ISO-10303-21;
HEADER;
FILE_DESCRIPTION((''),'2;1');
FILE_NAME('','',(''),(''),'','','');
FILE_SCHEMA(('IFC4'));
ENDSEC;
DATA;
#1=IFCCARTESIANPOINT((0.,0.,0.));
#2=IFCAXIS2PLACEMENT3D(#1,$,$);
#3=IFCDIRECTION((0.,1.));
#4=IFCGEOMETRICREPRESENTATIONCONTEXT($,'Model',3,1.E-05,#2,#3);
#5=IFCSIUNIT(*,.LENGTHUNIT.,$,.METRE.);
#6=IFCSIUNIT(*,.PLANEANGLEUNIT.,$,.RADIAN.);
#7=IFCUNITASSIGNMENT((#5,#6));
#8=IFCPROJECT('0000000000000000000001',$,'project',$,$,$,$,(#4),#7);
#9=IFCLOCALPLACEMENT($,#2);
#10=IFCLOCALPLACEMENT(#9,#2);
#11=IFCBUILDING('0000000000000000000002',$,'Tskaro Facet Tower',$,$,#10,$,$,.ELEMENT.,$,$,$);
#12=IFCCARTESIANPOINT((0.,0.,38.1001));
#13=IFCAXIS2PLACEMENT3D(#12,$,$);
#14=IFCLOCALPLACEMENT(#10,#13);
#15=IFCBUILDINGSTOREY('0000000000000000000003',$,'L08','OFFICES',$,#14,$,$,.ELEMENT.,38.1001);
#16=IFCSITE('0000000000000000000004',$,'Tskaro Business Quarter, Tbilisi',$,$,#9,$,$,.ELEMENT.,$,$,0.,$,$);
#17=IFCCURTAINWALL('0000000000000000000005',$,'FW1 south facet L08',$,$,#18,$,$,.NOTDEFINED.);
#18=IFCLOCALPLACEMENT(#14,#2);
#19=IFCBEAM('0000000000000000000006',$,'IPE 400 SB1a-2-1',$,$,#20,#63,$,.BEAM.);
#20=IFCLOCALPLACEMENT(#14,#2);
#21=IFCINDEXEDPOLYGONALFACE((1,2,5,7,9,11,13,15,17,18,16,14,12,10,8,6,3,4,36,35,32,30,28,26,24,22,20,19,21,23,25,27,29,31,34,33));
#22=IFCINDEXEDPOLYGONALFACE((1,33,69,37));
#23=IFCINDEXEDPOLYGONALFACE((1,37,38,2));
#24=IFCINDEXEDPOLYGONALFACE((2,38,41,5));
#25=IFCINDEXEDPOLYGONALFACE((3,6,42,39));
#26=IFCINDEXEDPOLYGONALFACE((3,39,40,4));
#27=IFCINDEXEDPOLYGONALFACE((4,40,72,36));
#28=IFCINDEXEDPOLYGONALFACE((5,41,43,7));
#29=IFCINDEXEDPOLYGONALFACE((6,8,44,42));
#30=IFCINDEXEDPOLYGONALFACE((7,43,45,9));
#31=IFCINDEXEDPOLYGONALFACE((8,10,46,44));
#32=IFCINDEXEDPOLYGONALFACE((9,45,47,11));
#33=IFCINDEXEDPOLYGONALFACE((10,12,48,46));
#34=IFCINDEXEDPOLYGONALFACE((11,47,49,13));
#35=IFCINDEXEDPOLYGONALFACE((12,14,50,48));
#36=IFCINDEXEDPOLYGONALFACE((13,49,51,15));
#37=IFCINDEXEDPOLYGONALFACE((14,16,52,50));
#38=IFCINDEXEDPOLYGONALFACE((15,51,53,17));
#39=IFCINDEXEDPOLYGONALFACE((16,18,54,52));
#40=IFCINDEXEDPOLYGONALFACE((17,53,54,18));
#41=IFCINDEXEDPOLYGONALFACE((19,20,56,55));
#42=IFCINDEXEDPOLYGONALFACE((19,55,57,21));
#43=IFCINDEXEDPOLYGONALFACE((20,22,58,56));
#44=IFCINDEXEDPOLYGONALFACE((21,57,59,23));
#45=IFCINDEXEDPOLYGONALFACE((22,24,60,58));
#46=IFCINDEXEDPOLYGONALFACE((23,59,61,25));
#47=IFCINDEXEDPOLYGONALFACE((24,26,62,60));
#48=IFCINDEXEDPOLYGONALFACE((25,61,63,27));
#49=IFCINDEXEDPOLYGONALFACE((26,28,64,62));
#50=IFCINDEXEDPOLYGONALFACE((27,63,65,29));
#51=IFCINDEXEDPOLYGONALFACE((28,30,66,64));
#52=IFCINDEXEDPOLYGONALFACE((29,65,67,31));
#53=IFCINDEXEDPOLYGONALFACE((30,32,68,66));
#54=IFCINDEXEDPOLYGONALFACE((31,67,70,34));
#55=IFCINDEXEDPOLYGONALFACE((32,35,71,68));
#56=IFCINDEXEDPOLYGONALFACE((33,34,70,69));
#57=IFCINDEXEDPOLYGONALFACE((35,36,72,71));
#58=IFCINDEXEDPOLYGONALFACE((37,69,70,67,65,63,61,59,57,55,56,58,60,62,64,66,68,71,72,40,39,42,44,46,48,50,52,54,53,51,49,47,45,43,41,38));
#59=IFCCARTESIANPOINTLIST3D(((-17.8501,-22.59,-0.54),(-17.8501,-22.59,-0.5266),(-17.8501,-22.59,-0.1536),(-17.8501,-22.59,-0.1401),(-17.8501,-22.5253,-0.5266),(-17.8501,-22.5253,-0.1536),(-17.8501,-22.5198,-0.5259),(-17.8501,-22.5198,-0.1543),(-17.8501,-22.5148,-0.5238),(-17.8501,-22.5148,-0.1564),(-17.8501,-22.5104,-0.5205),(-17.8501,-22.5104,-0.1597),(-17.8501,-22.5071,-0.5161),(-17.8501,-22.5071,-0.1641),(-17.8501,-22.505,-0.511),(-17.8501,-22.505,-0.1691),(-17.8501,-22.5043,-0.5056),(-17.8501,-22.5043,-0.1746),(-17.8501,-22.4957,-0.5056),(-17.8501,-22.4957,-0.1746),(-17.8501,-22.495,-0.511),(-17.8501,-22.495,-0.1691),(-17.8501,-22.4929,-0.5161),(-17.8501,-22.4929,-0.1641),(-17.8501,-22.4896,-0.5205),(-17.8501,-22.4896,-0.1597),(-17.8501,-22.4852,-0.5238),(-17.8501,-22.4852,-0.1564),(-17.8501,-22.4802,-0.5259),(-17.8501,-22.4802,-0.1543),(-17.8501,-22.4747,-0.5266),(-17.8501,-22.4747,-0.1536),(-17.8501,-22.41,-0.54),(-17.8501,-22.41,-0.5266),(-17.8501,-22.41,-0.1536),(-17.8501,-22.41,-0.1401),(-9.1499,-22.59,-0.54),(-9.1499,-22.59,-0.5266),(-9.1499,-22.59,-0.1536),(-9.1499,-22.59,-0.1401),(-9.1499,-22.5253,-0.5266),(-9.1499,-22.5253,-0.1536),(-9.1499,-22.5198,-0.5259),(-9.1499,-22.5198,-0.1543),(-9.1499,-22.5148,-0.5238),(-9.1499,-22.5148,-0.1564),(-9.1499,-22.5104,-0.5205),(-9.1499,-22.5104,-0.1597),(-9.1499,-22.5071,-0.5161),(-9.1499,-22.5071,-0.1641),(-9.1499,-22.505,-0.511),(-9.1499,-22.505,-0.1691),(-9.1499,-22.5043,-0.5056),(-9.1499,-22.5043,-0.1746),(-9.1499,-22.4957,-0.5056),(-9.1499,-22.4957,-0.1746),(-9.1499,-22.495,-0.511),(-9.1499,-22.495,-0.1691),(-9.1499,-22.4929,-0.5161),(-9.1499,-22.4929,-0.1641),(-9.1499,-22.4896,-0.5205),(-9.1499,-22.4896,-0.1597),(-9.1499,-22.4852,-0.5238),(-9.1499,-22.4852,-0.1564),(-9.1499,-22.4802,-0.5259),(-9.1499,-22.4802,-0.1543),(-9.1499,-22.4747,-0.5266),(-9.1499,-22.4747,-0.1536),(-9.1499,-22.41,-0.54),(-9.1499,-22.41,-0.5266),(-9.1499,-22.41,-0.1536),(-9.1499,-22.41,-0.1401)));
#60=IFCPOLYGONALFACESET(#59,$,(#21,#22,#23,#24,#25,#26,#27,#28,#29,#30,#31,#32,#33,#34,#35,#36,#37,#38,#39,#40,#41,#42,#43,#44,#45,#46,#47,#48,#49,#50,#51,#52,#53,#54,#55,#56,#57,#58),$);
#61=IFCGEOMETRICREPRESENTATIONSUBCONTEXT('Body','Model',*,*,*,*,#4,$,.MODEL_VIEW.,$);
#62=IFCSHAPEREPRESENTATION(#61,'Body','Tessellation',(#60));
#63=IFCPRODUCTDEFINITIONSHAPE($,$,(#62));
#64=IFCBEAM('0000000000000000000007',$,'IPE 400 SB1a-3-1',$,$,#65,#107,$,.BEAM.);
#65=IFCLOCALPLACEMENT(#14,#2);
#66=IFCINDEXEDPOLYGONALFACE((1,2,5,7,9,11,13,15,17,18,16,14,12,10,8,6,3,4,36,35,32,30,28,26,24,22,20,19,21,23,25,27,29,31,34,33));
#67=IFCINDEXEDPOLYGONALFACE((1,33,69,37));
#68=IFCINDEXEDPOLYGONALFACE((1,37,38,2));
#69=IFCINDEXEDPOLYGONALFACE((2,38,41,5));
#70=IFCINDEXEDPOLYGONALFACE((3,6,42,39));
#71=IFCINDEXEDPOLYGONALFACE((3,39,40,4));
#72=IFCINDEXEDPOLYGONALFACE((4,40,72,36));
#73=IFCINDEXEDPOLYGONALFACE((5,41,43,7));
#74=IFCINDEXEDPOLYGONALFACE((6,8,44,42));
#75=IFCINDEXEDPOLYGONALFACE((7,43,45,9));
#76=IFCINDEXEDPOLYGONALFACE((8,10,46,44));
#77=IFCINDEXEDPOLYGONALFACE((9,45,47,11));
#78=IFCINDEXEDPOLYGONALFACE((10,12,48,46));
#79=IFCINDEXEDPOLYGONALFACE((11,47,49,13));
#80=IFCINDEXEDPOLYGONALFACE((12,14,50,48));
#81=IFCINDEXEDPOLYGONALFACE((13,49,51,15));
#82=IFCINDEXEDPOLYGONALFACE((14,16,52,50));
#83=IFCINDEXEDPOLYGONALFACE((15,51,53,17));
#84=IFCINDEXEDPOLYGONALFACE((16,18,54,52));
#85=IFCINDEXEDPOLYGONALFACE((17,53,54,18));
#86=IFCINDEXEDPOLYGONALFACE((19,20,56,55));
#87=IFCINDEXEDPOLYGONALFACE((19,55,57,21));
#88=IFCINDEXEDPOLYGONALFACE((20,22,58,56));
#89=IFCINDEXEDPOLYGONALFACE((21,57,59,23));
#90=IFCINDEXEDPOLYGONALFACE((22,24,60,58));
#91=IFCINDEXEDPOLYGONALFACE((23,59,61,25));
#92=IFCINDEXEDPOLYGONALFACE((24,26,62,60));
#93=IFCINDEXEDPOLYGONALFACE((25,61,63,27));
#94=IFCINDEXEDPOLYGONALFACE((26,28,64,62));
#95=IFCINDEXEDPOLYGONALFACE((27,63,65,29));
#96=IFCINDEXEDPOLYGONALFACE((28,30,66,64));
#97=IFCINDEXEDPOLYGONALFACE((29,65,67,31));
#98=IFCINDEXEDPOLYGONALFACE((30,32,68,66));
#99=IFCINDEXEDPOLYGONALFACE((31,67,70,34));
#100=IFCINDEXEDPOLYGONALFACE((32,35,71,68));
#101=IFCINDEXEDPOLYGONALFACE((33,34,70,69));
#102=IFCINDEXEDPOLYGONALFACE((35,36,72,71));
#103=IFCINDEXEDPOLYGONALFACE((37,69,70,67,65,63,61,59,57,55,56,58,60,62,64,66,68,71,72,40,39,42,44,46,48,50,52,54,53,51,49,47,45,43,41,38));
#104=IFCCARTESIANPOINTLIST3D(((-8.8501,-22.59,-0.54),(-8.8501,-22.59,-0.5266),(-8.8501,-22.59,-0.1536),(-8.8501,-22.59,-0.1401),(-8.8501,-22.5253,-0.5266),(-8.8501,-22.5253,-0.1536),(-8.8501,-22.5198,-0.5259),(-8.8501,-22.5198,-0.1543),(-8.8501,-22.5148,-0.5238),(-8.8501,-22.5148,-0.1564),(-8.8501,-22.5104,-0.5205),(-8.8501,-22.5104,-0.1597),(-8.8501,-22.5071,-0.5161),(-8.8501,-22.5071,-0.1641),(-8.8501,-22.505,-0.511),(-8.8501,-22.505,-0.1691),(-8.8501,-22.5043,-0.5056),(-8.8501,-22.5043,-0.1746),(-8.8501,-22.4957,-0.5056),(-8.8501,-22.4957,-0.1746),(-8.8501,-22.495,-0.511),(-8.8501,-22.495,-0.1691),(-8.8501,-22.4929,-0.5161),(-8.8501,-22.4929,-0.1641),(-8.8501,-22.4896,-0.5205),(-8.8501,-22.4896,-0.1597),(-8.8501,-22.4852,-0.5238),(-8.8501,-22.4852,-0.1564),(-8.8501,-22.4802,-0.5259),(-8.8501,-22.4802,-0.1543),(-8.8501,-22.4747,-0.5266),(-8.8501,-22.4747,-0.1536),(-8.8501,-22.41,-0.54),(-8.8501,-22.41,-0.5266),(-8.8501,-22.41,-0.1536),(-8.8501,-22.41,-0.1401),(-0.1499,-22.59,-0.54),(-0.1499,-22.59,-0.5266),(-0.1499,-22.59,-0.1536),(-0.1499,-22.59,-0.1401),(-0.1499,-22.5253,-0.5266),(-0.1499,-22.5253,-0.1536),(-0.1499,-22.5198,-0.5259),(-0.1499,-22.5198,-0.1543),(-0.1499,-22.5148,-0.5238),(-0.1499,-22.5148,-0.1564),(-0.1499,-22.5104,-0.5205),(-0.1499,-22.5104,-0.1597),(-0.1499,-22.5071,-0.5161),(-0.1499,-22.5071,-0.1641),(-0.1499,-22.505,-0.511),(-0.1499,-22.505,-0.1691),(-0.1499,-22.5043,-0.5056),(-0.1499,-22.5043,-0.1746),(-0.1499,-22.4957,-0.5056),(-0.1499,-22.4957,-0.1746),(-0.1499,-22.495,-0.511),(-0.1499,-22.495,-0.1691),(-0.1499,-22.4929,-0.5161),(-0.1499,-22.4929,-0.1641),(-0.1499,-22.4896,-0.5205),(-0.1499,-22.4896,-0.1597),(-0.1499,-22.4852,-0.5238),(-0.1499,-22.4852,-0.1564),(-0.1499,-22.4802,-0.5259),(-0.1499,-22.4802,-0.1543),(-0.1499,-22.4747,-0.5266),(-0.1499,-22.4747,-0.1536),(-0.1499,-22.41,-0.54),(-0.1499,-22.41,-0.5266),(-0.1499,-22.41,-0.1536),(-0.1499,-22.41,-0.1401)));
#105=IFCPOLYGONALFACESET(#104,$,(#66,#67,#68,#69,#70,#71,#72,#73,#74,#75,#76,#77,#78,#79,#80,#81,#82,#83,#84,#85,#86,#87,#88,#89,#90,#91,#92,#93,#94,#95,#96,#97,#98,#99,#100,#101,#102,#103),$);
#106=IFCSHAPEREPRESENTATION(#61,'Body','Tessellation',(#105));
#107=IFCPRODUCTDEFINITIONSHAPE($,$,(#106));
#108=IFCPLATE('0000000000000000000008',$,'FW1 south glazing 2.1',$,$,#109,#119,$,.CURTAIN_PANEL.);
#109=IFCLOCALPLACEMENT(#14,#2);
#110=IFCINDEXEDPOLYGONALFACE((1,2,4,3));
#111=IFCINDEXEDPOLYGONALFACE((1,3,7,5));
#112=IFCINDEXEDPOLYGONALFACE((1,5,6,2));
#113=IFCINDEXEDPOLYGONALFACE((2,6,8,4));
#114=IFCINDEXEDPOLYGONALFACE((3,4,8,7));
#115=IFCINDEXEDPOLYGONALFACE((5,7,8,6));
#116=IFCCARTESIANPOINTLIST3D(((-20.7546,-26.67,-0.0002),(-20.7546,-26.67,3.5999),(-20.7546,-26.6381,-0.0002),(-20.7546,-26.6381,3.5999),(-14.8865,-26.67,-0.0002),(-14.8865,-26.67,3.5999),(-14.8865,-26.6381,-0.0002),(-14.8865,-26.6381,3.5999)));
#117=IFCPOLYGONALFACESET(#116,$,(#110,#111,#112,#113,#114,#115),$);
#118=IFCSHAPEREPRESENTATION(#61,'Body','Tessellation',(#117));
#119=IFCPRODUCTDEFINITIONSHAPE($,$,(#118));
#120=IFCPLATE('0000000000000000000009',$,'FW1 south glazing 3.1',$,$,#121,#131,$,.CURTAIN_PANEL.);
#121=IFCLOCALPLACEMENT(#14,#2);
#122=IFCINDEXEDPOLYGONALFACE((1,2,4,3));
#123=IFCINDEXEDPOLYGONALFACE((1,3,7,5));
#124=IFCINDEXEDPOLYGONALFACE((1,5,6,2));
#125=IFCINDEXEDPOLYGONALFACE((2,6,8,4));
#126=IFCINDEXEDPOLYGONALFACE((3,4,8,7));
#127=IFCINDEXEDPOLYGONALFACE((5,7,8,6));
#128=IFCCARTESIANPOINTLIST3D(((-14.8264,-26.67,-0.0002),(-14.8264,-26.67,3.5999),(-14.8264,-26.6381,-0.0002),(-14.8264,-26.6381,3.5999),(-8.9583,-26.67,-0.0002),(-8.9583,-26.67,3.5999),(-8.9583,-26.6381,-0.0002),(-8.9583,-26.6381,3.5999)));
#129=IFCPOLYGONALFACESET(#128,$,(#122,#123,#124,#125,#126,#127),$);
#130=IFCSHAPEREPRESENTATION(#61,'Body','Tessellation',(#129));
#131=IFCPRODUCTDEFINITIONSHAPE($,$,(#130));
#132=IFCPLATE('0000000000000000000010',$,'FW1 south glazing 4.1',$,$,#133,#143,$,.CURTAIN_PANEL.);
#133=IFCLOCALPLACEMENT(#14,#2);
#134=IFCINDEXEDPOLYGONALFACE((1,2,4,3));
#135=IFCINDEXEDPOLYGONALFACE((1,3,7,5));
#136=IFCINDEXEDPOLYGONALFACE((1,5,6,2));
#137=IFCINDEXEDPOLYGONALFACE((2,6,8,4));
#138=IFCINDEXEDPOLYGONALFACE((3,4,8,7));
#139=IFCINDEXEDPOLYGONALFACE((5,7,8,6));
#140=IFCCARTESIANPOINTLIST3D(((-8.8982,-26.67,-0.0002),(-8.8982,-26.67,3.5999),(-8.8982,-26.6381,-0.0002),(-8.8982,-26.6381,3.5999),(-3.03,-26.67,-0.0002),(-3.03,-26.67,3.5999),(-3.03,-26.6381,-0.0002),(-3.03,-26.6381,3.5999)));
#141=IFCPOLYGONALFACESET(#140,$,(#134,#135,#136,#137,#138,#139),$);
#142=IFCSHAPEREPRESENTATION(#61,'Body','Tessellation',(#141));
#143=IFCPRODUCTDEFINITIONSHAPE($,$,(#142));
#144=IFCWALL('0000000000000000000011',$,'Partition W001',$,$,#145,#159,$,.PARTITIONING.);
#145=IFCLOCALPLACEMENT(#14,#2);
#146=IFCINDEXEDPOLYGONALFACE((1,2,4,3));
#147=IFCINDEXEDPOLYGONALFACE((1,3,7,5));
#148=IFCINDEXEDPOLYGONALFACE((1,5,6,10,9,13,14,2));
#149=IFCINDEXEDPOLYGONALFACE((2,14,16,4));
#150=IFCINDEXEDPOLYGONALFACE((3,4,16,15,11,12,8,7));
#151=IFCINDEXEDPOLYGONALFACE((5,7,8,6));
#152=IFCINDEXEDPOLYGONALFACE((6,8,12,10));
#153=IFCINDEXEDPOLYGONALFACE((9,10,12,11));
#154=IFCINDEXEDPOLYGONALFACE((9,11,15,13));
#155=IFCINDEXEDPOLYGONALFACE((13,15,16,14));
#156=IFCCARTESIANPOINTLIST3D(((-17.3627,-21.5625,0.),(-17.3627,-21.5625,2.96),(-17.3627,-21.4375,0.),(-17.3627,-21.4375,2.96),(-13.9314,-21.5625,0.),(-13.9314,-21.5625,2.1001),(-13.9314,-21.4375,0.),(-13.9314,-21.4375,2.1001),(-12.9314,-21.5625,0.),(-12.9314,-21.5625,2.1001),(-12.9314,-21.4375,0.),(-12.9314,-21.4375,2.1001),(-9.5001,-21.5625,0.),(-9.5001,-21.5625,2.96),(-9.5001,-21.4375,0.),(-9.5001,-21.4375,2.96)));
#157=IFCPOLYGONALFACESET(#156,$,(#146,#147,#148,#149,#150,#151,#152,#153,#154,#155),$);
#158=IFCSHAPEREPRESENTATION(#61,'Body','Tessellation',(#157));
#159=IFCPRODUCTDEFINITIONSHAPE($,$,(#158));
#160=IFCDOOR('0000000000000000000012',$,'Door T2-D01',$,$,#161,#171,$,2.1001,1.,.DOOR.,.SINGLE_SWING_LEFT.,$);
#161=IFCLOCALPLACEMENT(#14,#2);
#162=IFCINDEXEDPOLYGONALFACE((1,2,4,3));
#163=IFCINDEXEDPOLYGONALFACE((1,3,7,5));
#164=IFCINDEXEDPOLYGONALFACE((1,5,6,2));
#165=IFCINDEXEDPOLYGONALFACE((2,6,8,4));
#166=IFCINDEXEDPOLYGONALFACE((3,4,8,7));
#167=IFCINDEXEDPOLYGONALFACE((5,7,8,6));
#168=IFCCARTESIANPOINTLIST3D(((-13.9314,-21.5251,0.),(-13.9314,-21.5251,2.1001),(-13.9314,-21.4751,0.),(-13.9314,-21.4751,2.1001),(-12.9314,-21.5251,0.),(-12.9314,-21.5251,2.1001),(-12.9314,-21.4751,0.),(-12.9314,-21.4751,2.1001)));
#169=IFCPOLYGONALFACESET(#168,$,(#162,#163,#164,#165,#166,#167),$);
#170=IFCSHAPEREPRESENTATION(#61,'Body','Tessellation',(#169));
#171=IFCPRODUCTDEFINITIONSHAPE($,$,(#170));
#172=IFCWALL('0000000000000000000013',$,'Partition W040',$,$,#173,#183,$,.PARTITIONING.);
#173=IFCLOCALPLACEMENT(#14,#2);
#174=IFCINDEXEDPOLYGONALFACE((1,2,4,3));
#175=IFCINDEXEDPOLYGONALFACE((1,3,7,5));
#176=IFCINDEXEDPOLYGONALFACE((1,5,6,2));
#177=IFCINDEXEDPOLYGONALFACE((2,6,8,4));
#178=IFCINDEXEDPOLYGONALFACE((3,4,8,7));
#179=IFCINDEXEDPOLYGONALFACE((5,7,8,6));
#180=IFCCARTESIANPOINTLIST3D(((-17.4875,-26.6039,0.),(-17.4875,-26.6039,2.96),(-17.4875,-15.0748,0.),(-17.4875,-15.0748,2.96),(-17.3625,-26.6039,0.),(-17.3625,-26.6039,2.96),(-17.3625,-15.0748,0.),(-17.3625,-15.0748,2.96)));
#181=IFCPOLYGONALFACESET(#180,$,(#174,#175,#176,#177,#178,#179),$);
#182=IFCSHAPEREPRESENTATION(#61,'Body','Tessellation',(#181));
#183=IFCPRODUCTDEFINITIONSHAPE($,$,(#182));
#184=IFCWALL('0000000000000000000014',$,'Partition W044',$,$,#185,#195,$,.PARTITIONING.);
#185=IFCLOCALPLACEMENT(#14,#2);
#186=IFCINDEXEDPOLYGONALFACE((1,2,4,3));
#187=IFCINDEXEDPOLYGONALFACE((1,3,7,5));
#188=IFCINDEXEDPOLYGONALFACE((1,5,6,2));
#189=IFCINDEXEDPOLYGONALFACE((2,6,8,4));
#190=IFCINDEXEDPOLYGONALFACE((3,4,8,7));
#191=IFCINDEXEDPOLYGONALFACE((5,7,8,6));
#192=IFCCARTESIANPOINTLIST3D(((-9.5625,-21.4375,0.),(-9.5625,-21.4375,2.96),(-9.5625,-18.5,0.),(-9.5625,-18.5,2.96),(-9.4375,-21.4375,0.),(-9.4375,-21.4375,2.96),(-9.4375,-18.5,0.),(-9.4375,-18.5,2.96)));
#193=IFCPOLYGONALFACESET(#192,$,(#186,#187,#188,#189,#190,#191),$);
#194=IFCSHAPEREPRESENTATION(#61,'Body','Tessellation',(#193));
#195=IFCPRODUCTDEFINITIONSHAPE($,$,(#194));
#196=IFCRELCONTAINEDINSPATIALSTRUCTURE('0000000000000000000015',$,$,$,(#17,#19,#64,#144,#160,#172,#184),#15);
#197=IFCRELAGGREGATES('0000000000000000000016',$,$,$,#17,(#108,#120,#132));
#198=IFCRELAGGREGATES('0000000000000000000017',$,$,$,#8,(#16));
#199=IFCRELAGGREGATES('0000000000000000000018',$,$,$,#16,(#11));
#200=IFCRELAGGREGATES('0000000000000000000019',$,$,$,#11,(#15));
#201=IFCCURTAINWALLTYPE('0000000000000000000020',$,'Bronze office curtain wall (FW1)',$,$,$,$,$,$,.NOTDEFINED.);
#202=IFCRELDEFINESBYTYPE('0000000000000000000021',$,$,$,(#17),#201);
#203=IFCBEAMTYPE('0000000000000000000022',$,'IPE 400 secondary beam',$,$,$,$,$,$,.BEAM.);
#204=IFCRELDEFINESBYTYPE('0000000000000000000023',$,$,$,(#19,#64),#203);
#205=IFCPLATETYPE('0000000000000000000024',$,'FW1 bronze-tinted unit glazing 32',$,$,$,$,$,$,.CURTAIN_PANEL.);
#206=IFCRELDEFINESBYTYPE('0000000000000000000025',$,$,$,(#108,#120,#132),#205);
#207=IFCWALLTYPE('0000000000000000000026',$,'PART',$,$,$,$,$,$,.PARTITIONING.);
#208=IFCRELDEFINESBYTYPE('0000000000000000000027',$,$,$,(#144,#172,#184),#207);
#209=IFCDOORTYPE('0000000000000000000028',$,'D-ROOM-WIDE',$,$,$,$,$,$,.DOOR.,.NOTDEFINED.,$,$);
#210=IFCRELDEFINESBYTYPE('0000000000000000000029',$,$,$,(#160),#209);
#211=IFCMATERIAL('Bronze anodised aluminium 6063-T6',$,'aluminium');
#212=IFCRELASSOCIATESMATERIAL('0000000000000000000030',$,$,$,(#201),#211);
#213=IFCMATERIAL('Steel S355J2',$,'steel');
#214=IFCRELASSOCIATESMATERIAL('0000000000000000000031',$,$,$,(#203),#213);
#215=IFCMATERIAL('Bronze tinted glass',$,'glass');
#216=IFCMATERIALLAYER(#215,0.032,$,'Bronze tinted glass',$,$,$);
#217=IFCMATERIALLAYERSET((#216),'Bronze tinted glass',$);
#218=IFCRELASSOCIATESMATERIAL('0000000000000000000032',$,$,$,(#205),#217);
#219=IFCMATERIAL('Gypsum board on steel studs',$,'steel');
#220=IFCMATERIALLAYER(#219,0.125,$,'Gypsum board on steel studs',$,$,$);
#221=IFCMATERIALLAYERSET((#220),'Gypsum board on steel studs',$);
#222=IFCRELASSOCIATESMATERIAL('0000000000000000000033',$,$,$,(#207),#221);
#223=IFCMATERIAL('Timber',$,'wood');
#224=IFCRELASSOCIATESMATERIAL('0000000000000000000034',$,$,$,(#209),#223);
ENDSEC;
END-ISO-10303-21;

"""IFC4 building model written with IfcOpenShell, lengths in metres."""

from ifc_helpers import new_model, si_unit, direction, frame, frame_2d, origin, origin_2d, place, context, subcontext, project, spatial, rectangle, i_section, extrude, material, layer, layer_set, material_profile, profile_set, type_object, element, fill, aggregate, save


model = new_model("IFC4")

# Units and contexts
model_context = context("Model", 3, precision=1e-05, world=origin(), true_north=direction((0.0, 1.0)))
body_context = subcontext(model_context, "Body", "Model", "MODEL_VIEW")
ifc_project = project(units=[si_unit("LENGTHUNIT", "METRE"), si_unit("PLANEANGLEUNIT", "RADIAN")], contexts=[model_context])

# Site, building, storey
site_placement = place(None, origin())
site = spatial("IfcSite", under=ifc_project, at=site_placement, Name="Tskaro Business Quarter, Tbilisi", CompositionType="ELEMENT", RefElevation=0.0)
building_placement = place(site_placement, origin())
building = spatial("IfcBuilding", under=site, at=building_placement, Name="Tskaro Facet Tower", CompositionType="ELEMENT")
storey_placement = place(building_placement, frame((0.0, 0.0, 38.1001)))
storey = spatial("IfcBuildingStorey", under=building, at=storey_placement, Name="L08", Description="OFFICES", CompositionType="ELEMENT", Elevation=38.1001)

# Curtain wall
ifc_material_1 = material(Name="Bronze anodised aluminium 6063-T6", Category="aluminium")
curtain_wall_type = type_object("IfcCurtainWallType", Name="Bronze office curtain wall (FW1)", PredefinedType="NOTDEFINED", material=ifc_material_1)
curtain_wall_placement = place(storey_placement, origin())
curtain_wall = element("IfcCurtainWall", 1, at=curtain_wall_placement, inside=storey, type_object=curtain_wall_type, Name="FW1 south facet L08", PredefinedType="NOTDEFINED")

# Beams
ifc_material_2 = material(Name="Steel S355J2", Category="steel")
ifc_material_profile_1 = material_profile(ifc_material_2, i_section(OverallWidth=0.1799, OverallDepth=0.3999, WebThickness=0.0085, FlangeThickness=0.0134, FilletRadius=0.021, at=origin_2d()), Name="IPE 400")
ifc_profile_set_1 = profile_set([ifc_material_profile_1], Name="Steel S355J2")
beam_type_1 = type_object("IfcBeamType", Name="IPE 400 secondary beam", PredefinedType="BEAM", material=ifc_profile_set_1)
for number, where, z_axis, x_axis, name in (
    (2, (-17.8501, -22.5, -0.3401), (1.0, 0.0, 0.0), (0.0, 1.0, 0.0), "IPE 400 SB1a-2-1"),
    (3, (-8.8501, -22.5, -0.3401), (1.0, 0.0, 0.0), (0.0, 1.0, 0.0), "IPE 400 SB1a-3-1"),
):
    element("IfcBeam", number, at=place(storey_placement, frame(where, z_axis=z_axis, x_axis=x_axis)), inside=storey, type_object=beam_type_1, Name=name, PredefinedType="BEAM", context=body_context, shape_type="SweptSolid", body=[
        extrude(i_section(OverallWidth=0.1799, OverallDepth=0.3999, WebThickness=0.0085, FlangeThickness=0.0134, FilletRadius=0.021, at=origin_2d()), origin(), (0.0, 0.0, 1.0), 8.7002),
    ])

# Plates
ifc_material_3 = material(Name="Bronze tinted glass", Category="glass")
ifc_layer_1 = layer(ifc_material_3, 0.032, Name="Bronze tinted glass")
ifc_layer_set_1 = layer_set([ifc_layer_1], Name="Bronze tinted glass")
plate_type = type_object("IfcPlateType", Name="FW1 bronze-tinted unit glazing 32", PredefinedType="CURTAIN_PANEL", material=ifc_layer_set_1)
plate_1_placement = place(storey_placement, frame((-17.8206, -26.6541, -0.0002), z_axis=(0.0, 0.0, 1.0), x_axis=(1.0, 0.0, 0.0)))
plate_1 = element("IfcPlate", 4, at=plate_1_placement, type_object=plate_type, Name="FW1 south glazing 2.1", PredefinedType="CURTAIN_PANEL", context=body_context, shape_type="SweptSolid", body=[
    extrude(rectangle(XDim=5.8682, YDim=0.032, at=origin_2d()), origin(), (0.0, 0.0, 1.0), 3.6001),
])
plate_2_placement = place(storey_placement, frame((-11.8923, -26.6541, -0.0002), z_axis=(0.0, 0.0, 1.0), x_axis=(1.0, 0.0, 0.0)))
plate_2 = element("IfcPlate", 5, at=plate_2_placement, type_object=plate_type, Name="FW1 south glazing 3.1", PredefinedType="CURTAIN_PANEL", context=body_context, shape_type="SweptSolid", body=[
    extrude(rectangle(XDim=5.8682, YDim=0.032, at=origin_2d()), origin(), (0.0, 0.0, 1.0), 3.6001),
])
plate_3_placement = place(storey_placement, frame((-5.9641, -26.6541, -0.0002), z_axis=(0.0, 0.0, 1.0), x_axis=(1.0, 0.0, 0.0)))
plate_3 = element("IfcPlate", 6, at=plate_3_placement, type_object=plate_type, Name="FW1 south glazing 4.1", PredefinedType="CURTAIN_PANEL", context=body_context, shape_type="SweptSolid", body=[
    extrude(rectangle(XDim=5.8682, YDim=0.032, at=origin_2d()), origin(), (0.0, 0.0, 1.0), 3.6001),
])
aggregate(curtain_wall, [plate_1, plate_2, plate_3])

# Wall, opening, door
ifc_material_4 = material(Name="Gypsum board on steel studs", Category="steel")
ifc_layer_2 = layer(ifc_material_4, 0.125, Name="Gypsum board on steel studs")
ifc_layer_set_2 = layer_set([ifc_layer_2], Name="Gypsum board on steel studs")
wall_type = type_object("IfcWallType", Name="PART", PredefinedType="PARTITIONING", material=ifc_layer_set_2)
wall_1_placement = place(storey_placement, frame((-17.3625, -21.5, 0.0), z_axis=(0.0, 0.0, 1.0), x_axis=(1.0, 0.0, 0.0)))
wall_1 = element("IfcWall", 7, at=wall_1_placement, inside=storey, type_object=wall_type, Name="Partition W001", PredefinedType="PARTITIONING", context=body_context, shape_type="SweptSolid", body=[
    extrude(rectangle(XDim=7.8625, YDim=0.125, at=frame_2d((3.9312, 0.0))), origin(), (0.0, 0.0, 1.0), 2.96),
])
opening_placement = place(wall_1_placement, frame((3.4312, 0.0, 0.0)))
opening = element("IfcOpeningElement", 8, at=opening_placement, cuts=wall_1, PredefinedType="OPENING", context=body_context, shape_type="SweptSolid", body=[
    extrude(rectangle(XDim=1.0, YDim=2.1001, at=frame_2d((0.5, 1.05))), frame((0.0, 0.0725, 0.0), z_axis=(0.0, -1.0, 0.0), x_axis=(1.0, 0.0, 0.0)), (0.0, 0.0, 1.0), 0.145),
])
ifc_material_5 = material(Name="Timber", Category="wood")
door_type = type_object("IfcDoorType", Name="D-ROOM-WIDE", OperationType="NOTDEFINED", PredefinedType="DOOR", material=ifc_material_5)
door_placement = place(opening_placement, origin())
door = element("IfcDoor", 9, at=door_placement, inside=storey, type_object=door_type, Name="Door T2-D01", OperationType="SINGLE_SWING_LEFT", OverallHeight=2.1001, OverallWidth=1.0, PredefinedType="DOOR", context=body_context, shape_type="SweptSolid", body=[
    extrude(rectangle(XDim=1.0, YDim=2.1001, at=frame_2d((0.5, 1.05))), frame((0.0, 0.0249, 0.0), z_axis=(0.0, -1.0, 0.0), x_axis=(1.0, 0.0, 0.0)), (0.0, 0.0, 1.0), 0.05),
])
fill(opening, door)

# Walls
wall_2_placement = place(storey_placement, frame((-17.425, -26.604, 0.0), z_axis=(0.0, 0.0, 1.0), x_axis=(0.0, 1.0, 0.0)))
element("IfcWall", 10, at=wall_2_placement, inside=storey, type_object=wall_type, Name="Partition W040", PredefinedType="PARTITIONING", context=body_context, shape_type="SweptSolid", body=[
    extrude(rectangle(XDim=11.5291, YDim=0.125, at=frame_2d((5.7646, 0.0))), origin(), (0.0, 0.0, 1.0), 2.96),
])
wall_3_placement = place(storey_placement, frame((-9.5, -21.4375, 0.0), z_axis=(0.0, 0.0, 1.0), x_axis=(0.0, 1.0, 0.0)))
element("IfcWall", 11, at=wall_3_placement, inside=storey, type_object=wall_type, Name="Partition W044", PredefinedType="PARTITIONING", context=body_context, shape_type="SweptSolid", body=[
    extrude(rectangle(XDim=2.9375, YDim=0.125, at=frame_2d((1.4688, 0.0))), origin(), (0.0, 0.0, 1.0), 2.96),
])

save(model, "model.ifc")
